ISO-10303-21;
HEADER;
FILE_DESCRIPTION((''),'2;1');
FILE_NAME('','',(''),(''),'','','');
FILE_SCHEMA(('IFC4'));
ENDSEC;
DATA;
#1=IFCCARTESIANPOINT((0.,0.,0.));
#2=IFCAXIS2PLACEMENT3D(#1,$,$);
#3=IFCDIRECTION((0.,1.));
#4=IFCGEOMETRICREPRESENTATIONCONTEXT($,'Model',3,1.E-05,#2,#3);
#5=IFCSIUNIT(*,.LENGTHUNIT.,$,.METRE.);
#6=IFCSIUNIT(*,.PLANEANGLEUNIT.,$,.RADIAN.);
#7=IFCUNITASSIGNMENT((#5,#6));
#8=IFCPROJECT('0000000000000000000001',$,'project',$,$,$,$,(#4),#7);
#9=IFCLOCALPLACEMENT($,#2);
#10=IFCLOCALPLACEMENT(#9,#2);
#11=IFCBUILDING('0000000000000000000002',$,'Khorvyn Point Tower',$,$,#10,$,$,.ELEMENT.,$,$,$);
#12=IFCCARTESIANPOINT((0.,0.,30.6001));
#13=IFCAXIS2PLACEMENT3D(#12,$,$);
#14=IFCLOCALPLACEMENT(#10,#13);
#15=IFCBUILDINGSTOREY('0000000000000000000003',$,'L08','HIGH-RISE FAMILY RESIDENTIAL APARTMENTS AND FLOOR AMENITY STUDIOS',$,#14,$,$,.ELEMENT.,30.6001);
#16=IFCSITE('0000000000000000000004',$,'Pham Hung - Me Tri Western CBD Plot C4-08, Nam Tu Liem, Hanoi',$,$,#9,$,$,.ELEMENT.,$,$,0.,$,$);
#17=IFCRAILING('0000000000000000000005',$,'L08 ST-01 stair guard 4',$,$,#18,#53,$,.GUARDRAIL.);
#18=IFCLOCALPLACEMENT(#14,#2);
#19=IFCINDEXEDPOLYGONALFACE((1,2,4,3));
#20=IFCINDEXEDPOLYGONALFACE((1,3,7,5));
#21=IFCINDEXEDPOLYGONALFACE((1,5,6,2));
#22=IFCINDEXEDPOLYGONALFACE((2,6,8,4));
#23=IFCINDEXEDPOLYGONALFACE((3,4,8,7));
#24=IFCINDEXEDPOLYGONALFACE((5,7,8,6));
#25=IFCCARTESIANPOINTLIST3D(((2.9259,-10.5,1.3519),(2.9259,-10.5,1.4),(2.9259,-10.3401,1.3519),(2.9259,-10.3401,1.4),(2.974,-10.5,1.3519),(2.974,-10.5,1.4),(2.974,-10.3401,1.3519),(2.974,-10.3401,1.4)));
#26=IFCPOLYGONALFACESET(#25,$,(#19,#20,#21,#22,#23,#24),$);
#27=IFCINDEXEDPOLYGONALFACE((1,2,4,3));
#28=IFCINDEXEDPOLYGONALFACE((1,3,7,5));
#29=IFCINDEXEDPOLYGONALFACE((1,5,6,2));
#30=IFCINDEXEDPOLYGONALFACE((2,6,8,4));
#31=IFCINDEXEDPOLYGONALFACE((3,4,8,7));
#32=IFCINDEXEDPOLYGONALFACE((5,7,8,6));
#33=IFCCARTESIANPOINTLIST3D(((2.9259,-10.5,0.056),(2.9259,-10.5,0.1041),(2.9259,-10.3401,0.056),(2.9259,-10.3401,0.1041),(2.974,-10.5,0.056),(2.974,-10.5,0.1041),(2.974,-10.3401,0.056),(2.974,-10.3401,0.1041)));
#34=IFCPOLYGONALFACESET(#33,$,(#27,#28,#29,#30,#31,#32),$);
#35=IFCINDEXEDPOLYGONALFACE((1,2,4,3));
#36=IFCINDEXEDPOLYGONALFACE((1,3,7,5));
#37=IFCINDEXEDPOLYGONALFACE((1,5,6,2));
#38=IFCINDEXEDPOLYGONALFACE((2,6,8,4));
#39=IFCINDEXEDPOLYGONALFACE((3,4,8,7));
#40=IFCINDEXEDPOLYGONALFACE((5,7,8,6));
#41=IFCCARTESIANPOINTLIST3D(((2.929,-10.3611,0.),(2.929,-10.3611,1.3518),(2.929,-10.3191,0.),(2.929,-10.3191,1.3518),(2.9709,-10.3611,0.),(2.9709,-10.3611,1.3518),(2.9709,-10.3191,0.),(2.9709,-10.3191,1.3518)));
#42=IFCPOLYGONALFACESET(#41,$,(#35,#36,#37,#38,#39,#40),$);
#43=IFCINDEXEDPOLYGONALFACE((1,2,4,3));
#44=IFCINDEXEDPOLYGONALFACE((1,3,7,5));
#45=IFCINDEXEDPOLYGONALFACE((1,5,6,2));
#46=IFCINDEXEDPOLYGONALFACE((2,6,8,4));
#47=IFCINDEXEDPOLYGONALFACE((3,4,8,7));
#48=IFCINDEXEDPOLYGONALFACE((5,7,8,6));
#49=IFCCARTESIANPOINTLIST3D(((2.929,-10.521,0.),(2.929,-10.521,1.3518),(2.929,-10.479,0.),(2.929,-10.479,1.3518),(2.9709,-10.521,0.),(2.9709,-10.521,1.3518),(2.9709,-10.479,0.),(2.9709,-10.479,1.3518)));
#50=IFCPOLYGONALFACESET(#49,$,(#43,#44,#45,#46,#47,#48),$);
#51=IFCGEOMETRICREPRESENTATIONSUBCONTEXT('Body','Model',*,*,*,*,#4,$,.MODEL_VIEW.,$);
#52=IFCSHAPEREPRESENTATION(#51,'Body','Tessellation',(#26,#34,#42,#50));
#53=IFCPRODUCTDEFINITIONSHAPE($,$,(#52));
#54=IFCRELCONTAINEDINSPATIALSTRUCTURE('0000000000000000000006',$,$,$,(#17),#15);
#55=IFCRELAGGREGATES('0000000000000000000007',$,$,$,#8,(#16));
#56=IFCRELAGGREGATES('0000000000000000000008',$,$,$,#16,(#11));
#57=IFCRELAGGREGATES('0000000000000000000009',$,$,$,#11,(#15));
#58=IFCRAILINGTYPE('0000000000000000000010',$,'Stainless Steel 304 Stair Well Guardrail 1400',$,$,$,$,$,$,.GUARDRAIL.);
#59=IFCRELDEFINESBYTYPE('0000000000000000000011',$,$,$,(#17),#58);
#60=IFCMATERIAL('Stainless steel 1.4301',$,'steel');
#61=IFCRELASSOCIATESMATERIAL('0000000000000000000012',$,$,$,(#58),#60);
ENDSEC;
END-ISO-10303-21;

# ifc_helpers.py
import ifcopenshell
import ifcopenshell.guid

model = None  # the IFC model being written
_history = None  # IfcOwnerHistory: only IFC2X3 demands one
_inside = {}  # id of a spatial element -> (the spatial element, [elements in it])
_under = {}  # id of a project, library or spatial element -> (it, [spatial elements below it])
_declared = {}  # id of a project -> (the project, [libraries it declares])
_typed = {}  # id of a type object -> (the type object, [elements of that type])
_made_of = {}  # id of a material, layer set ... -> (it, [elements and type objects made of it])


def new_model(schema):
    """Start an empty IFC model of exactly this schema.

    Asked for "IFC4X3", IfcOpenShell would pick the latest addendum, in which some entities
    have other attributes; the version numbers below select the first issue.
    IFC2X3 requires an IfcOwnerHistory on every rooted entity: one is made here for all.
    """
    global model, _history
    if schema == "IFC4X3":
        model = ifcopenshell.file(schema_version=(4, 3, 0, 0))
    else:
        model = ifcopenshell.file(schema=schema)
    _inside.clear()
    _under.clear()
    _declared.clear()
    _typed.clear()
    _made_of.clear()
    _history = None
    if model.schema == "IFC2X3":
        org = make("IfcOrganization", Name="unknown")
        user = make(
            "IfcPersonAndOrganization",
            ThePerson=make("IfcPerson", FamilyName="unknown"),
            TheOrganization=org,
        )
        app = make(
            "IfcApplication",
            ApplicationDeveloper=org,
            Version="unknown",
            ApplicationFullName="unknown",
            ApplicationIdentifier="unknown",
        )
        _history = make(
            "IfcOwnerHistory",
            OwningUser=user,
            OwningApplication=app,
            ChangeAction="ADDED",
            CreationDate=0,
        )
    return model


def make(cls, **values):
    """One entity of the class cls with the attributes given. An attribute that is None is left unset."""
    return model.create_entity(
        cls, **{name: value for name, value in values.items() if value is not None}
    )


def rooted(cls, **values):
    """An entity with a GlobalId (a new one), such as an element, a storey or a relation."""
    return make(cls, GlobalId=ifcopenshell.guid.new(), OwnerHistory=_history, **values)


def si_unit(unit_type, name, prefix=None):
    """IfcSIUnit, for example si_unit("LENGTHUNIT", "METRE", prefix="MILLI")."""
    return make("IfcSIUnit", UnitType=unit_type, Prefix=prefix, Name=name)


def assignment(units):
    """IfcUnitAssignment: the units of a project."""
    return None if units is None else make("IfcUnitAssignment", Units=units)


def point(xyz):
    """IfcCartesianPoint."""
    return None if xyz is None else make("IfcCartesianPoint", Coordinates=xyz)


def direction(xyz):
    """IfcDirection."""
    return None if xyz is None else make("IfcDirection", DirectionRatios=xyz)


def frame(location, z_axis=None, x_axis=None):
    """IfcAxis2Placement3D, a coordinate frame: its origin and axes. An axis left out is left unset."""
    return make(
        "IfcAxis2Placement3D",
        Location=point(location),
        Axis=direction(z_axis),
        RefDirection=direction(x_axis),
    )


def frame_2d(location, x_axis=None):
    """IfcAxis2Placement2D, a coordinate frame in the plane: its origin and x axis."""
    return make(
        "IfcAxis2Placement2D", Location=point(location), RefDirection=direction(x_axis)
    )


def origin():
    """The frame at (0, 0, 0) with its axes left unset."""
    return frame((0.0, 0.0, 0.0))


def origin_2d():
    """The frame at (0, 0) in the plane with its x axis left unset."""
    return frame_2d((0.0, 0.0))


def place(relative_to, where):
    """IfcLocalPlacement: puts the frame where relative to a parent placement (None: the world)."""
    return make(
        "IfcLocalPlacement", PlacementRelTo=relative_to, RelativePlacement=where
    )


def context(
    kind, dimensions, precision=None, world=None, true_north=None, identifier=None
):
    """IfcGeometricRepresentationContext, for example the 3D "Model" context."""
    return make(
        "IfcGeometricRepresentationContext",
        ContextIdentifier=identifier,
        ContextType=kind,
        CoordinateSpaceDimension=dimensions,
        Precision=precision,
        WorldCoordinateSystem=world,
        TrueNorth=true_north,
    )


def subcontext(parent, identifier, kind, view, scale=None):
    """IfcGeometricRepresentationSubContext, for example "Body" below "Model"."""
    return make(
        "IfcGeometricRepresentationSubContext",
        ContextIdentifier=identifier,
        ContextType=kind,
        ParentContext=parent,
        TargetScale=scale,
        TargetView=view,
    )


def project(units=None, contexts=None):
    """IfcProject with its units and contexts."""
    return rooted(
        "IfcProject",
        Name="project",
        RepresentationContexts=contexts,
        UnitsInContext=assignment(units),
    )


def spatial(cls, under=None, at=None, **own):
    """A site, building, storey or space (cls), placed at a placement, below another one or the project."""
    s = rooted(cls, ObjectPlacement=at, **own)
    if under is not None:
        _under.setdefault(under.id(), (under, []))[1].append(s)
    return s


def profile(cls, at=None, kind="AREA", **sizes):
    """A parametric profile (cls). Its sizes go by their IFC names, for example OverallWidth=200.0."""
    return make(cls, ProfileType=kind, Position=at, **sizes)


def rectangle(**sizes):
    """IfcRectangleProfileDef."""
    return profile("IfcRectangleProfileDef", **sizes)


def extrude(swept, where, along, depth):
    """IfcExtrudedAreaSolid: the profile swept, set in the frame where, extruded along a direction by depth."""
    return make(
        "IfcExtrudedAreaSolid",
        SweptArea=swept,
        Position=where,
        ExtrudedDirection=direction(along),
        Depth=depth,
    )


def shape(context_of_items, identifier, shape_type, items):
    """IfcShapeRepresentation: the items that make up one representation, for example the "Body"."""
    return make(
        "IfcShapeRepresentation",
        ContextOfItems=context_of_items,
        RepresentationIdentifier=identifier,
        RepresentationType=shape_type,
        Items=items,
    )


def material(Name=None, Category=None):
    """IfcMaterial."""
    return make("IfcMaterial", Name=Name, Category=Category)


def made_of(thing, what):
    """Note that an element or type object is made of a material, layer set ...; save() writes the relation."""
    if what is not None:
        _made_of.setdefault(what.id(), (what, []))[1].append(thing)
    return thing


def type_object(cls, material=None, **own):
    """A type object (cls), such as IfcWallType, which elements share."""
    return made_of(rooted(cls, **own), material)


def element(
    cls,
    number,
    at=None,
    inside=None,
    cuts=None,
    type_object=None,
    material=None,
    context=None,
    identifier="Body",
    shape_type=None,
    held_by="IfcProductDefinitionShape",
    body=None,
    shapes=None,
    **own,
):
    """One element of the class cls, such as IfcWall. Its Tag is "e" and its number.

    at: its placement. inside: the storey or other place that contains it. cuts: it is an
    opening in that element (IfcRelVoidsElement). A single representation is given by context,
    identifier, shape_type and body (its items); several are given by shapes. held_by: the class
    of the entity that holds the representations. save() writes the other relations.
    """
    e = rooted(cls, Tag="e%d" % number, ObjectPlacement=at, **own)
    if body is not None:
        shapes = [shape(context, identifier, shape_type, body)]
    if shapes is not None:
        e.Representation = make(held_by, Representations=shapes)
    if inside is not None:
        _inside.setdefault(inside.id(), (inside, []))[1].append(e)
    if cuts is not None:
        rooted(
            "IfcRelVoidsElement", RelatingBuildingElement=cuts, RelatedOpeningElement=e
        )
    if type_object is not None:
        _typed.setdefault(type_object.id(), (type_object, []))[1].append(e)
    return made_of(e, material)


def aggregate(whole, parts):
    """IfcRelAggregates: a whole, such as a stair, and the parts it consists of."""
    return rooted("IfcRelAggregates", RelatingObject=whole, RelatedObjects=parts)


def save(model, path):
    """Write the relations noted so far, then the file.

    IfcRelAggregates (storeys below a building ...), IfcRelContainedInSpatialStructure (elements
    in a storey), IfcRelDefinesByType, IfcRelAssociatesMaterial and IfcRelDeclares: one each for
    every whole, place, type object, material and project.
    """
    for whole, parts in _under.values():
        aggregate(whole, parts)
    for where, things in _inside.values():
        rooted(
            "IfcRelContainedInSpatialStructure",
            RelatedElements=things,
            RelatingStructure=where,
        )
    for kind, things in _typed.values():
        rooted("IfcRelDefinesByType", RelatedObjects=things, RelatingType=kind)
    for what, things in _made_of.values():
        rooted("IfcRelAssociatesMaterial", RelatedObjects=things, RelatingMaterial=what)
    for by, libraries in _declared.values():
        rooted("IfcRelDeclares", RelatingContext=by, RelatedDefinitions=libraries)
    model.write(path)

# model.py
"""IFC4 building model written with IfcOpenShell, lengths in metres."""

from ifc_helpers import new_model, si_unit, direction, frame, origin, origin_2d, place, context, subcontext, project, spatial, rectangle, extrude, material, type_object, element, save


model = new_model("IFC4")

# Units and contexts
model_context = context("Model", 3, precision=1e-05, world=origin(), true_north=direction((0.0, 1.0)))
body_context = subcontext(model_context, "Body", "Model", "MODEL_VIEW")
ifc_project = project(units=[si_unit("LENGTHUNIT", "METRE"), si_unit("PLANEANGLEUNIT", "RADIAN")], contexts=[model_context])

# Site, building, storey
site_placement = place(None, origin())
site = spatial("IfcSite", under=ifc_project, at=site_placement, Name="Pham Hung - Me Tri Western CBD Plot C4-08, Nam Tu Liem, Hanoi", CompositionType="ELEMENT", RefElevation=0.0)
building_placement = place(site_placement, origin())
building = spatial("IfcBuilding", under=site, at=building_placement, Name="Khorvyn Point Tower", CompositionType="ELEMENT")
storey_placement = place(building_placement, frame((0.0, 0.0, 30.6001)))
storey = spatial("IfcBuildingStorey", under=building, at=storey_placement, Name="L08", Description="HIGH-RISE FAMILY RESIDENTIAL APARTMENTS AND FLOOR AMENITY STUDIOS", CompositionType="ELEMENT", Elevation=30.6001)

# Shared definitions
ifc_material_1 = material(Name="Stainless steel 1.4301", Category="steel")

# Railing
railing_type_1 = type_object("IfcRailingType", Name="Stainless Steel 304 Stair Well Guardrail 1400", PredefinedType="GUARDRAIL", material=ifc_material_1)
railing_1_placement = place(storey_placement, frame((2.95, -10.3401, 0.0)))
element("IfcRailing", 1, at=railing_1_placement, inside=storey, type_object=railing_type_1, Name="L08 ST-01 stair guard 4", PredefinedType="GUARDRAIL", context=body_context, shape_type="SweptSolid", body=[
    extrude(rectangle(XDim=0.0481, YDim=0.0481, at=origin_2d()), frame((0.0, 0.0, 1.376), z_axis=(0.0, -1.0, 0.0), x_axis=(1.0, 0.0, 0.0)), (0.0, 0.0, 1.0), 0.1599),
    extrude(rectangle(XDim=0.0481, YDim=0.0481, at=origin_2d()), frame((0.0, 0.0, 0.0801), z_axis=(0.0, -1.0, 0.0), x_axis=(1.0, 0.0, 0.0)), (0.0, 0.0, 1.0), 0.1599),
    extrude(rectangle(XDim=0.042, YDim=0.042, at=origin_2d()), origin(), (0.0, 0.0, 1.0), 1.3518),
    extrude(rectangle(XDim=0.042, YDim=0.042, at=origin_2d()), frame((0.0, -0.1599, 0.0)), (0.0, 0.0, 1.0), 1.3518),
])

save(model, "model.ifc")
